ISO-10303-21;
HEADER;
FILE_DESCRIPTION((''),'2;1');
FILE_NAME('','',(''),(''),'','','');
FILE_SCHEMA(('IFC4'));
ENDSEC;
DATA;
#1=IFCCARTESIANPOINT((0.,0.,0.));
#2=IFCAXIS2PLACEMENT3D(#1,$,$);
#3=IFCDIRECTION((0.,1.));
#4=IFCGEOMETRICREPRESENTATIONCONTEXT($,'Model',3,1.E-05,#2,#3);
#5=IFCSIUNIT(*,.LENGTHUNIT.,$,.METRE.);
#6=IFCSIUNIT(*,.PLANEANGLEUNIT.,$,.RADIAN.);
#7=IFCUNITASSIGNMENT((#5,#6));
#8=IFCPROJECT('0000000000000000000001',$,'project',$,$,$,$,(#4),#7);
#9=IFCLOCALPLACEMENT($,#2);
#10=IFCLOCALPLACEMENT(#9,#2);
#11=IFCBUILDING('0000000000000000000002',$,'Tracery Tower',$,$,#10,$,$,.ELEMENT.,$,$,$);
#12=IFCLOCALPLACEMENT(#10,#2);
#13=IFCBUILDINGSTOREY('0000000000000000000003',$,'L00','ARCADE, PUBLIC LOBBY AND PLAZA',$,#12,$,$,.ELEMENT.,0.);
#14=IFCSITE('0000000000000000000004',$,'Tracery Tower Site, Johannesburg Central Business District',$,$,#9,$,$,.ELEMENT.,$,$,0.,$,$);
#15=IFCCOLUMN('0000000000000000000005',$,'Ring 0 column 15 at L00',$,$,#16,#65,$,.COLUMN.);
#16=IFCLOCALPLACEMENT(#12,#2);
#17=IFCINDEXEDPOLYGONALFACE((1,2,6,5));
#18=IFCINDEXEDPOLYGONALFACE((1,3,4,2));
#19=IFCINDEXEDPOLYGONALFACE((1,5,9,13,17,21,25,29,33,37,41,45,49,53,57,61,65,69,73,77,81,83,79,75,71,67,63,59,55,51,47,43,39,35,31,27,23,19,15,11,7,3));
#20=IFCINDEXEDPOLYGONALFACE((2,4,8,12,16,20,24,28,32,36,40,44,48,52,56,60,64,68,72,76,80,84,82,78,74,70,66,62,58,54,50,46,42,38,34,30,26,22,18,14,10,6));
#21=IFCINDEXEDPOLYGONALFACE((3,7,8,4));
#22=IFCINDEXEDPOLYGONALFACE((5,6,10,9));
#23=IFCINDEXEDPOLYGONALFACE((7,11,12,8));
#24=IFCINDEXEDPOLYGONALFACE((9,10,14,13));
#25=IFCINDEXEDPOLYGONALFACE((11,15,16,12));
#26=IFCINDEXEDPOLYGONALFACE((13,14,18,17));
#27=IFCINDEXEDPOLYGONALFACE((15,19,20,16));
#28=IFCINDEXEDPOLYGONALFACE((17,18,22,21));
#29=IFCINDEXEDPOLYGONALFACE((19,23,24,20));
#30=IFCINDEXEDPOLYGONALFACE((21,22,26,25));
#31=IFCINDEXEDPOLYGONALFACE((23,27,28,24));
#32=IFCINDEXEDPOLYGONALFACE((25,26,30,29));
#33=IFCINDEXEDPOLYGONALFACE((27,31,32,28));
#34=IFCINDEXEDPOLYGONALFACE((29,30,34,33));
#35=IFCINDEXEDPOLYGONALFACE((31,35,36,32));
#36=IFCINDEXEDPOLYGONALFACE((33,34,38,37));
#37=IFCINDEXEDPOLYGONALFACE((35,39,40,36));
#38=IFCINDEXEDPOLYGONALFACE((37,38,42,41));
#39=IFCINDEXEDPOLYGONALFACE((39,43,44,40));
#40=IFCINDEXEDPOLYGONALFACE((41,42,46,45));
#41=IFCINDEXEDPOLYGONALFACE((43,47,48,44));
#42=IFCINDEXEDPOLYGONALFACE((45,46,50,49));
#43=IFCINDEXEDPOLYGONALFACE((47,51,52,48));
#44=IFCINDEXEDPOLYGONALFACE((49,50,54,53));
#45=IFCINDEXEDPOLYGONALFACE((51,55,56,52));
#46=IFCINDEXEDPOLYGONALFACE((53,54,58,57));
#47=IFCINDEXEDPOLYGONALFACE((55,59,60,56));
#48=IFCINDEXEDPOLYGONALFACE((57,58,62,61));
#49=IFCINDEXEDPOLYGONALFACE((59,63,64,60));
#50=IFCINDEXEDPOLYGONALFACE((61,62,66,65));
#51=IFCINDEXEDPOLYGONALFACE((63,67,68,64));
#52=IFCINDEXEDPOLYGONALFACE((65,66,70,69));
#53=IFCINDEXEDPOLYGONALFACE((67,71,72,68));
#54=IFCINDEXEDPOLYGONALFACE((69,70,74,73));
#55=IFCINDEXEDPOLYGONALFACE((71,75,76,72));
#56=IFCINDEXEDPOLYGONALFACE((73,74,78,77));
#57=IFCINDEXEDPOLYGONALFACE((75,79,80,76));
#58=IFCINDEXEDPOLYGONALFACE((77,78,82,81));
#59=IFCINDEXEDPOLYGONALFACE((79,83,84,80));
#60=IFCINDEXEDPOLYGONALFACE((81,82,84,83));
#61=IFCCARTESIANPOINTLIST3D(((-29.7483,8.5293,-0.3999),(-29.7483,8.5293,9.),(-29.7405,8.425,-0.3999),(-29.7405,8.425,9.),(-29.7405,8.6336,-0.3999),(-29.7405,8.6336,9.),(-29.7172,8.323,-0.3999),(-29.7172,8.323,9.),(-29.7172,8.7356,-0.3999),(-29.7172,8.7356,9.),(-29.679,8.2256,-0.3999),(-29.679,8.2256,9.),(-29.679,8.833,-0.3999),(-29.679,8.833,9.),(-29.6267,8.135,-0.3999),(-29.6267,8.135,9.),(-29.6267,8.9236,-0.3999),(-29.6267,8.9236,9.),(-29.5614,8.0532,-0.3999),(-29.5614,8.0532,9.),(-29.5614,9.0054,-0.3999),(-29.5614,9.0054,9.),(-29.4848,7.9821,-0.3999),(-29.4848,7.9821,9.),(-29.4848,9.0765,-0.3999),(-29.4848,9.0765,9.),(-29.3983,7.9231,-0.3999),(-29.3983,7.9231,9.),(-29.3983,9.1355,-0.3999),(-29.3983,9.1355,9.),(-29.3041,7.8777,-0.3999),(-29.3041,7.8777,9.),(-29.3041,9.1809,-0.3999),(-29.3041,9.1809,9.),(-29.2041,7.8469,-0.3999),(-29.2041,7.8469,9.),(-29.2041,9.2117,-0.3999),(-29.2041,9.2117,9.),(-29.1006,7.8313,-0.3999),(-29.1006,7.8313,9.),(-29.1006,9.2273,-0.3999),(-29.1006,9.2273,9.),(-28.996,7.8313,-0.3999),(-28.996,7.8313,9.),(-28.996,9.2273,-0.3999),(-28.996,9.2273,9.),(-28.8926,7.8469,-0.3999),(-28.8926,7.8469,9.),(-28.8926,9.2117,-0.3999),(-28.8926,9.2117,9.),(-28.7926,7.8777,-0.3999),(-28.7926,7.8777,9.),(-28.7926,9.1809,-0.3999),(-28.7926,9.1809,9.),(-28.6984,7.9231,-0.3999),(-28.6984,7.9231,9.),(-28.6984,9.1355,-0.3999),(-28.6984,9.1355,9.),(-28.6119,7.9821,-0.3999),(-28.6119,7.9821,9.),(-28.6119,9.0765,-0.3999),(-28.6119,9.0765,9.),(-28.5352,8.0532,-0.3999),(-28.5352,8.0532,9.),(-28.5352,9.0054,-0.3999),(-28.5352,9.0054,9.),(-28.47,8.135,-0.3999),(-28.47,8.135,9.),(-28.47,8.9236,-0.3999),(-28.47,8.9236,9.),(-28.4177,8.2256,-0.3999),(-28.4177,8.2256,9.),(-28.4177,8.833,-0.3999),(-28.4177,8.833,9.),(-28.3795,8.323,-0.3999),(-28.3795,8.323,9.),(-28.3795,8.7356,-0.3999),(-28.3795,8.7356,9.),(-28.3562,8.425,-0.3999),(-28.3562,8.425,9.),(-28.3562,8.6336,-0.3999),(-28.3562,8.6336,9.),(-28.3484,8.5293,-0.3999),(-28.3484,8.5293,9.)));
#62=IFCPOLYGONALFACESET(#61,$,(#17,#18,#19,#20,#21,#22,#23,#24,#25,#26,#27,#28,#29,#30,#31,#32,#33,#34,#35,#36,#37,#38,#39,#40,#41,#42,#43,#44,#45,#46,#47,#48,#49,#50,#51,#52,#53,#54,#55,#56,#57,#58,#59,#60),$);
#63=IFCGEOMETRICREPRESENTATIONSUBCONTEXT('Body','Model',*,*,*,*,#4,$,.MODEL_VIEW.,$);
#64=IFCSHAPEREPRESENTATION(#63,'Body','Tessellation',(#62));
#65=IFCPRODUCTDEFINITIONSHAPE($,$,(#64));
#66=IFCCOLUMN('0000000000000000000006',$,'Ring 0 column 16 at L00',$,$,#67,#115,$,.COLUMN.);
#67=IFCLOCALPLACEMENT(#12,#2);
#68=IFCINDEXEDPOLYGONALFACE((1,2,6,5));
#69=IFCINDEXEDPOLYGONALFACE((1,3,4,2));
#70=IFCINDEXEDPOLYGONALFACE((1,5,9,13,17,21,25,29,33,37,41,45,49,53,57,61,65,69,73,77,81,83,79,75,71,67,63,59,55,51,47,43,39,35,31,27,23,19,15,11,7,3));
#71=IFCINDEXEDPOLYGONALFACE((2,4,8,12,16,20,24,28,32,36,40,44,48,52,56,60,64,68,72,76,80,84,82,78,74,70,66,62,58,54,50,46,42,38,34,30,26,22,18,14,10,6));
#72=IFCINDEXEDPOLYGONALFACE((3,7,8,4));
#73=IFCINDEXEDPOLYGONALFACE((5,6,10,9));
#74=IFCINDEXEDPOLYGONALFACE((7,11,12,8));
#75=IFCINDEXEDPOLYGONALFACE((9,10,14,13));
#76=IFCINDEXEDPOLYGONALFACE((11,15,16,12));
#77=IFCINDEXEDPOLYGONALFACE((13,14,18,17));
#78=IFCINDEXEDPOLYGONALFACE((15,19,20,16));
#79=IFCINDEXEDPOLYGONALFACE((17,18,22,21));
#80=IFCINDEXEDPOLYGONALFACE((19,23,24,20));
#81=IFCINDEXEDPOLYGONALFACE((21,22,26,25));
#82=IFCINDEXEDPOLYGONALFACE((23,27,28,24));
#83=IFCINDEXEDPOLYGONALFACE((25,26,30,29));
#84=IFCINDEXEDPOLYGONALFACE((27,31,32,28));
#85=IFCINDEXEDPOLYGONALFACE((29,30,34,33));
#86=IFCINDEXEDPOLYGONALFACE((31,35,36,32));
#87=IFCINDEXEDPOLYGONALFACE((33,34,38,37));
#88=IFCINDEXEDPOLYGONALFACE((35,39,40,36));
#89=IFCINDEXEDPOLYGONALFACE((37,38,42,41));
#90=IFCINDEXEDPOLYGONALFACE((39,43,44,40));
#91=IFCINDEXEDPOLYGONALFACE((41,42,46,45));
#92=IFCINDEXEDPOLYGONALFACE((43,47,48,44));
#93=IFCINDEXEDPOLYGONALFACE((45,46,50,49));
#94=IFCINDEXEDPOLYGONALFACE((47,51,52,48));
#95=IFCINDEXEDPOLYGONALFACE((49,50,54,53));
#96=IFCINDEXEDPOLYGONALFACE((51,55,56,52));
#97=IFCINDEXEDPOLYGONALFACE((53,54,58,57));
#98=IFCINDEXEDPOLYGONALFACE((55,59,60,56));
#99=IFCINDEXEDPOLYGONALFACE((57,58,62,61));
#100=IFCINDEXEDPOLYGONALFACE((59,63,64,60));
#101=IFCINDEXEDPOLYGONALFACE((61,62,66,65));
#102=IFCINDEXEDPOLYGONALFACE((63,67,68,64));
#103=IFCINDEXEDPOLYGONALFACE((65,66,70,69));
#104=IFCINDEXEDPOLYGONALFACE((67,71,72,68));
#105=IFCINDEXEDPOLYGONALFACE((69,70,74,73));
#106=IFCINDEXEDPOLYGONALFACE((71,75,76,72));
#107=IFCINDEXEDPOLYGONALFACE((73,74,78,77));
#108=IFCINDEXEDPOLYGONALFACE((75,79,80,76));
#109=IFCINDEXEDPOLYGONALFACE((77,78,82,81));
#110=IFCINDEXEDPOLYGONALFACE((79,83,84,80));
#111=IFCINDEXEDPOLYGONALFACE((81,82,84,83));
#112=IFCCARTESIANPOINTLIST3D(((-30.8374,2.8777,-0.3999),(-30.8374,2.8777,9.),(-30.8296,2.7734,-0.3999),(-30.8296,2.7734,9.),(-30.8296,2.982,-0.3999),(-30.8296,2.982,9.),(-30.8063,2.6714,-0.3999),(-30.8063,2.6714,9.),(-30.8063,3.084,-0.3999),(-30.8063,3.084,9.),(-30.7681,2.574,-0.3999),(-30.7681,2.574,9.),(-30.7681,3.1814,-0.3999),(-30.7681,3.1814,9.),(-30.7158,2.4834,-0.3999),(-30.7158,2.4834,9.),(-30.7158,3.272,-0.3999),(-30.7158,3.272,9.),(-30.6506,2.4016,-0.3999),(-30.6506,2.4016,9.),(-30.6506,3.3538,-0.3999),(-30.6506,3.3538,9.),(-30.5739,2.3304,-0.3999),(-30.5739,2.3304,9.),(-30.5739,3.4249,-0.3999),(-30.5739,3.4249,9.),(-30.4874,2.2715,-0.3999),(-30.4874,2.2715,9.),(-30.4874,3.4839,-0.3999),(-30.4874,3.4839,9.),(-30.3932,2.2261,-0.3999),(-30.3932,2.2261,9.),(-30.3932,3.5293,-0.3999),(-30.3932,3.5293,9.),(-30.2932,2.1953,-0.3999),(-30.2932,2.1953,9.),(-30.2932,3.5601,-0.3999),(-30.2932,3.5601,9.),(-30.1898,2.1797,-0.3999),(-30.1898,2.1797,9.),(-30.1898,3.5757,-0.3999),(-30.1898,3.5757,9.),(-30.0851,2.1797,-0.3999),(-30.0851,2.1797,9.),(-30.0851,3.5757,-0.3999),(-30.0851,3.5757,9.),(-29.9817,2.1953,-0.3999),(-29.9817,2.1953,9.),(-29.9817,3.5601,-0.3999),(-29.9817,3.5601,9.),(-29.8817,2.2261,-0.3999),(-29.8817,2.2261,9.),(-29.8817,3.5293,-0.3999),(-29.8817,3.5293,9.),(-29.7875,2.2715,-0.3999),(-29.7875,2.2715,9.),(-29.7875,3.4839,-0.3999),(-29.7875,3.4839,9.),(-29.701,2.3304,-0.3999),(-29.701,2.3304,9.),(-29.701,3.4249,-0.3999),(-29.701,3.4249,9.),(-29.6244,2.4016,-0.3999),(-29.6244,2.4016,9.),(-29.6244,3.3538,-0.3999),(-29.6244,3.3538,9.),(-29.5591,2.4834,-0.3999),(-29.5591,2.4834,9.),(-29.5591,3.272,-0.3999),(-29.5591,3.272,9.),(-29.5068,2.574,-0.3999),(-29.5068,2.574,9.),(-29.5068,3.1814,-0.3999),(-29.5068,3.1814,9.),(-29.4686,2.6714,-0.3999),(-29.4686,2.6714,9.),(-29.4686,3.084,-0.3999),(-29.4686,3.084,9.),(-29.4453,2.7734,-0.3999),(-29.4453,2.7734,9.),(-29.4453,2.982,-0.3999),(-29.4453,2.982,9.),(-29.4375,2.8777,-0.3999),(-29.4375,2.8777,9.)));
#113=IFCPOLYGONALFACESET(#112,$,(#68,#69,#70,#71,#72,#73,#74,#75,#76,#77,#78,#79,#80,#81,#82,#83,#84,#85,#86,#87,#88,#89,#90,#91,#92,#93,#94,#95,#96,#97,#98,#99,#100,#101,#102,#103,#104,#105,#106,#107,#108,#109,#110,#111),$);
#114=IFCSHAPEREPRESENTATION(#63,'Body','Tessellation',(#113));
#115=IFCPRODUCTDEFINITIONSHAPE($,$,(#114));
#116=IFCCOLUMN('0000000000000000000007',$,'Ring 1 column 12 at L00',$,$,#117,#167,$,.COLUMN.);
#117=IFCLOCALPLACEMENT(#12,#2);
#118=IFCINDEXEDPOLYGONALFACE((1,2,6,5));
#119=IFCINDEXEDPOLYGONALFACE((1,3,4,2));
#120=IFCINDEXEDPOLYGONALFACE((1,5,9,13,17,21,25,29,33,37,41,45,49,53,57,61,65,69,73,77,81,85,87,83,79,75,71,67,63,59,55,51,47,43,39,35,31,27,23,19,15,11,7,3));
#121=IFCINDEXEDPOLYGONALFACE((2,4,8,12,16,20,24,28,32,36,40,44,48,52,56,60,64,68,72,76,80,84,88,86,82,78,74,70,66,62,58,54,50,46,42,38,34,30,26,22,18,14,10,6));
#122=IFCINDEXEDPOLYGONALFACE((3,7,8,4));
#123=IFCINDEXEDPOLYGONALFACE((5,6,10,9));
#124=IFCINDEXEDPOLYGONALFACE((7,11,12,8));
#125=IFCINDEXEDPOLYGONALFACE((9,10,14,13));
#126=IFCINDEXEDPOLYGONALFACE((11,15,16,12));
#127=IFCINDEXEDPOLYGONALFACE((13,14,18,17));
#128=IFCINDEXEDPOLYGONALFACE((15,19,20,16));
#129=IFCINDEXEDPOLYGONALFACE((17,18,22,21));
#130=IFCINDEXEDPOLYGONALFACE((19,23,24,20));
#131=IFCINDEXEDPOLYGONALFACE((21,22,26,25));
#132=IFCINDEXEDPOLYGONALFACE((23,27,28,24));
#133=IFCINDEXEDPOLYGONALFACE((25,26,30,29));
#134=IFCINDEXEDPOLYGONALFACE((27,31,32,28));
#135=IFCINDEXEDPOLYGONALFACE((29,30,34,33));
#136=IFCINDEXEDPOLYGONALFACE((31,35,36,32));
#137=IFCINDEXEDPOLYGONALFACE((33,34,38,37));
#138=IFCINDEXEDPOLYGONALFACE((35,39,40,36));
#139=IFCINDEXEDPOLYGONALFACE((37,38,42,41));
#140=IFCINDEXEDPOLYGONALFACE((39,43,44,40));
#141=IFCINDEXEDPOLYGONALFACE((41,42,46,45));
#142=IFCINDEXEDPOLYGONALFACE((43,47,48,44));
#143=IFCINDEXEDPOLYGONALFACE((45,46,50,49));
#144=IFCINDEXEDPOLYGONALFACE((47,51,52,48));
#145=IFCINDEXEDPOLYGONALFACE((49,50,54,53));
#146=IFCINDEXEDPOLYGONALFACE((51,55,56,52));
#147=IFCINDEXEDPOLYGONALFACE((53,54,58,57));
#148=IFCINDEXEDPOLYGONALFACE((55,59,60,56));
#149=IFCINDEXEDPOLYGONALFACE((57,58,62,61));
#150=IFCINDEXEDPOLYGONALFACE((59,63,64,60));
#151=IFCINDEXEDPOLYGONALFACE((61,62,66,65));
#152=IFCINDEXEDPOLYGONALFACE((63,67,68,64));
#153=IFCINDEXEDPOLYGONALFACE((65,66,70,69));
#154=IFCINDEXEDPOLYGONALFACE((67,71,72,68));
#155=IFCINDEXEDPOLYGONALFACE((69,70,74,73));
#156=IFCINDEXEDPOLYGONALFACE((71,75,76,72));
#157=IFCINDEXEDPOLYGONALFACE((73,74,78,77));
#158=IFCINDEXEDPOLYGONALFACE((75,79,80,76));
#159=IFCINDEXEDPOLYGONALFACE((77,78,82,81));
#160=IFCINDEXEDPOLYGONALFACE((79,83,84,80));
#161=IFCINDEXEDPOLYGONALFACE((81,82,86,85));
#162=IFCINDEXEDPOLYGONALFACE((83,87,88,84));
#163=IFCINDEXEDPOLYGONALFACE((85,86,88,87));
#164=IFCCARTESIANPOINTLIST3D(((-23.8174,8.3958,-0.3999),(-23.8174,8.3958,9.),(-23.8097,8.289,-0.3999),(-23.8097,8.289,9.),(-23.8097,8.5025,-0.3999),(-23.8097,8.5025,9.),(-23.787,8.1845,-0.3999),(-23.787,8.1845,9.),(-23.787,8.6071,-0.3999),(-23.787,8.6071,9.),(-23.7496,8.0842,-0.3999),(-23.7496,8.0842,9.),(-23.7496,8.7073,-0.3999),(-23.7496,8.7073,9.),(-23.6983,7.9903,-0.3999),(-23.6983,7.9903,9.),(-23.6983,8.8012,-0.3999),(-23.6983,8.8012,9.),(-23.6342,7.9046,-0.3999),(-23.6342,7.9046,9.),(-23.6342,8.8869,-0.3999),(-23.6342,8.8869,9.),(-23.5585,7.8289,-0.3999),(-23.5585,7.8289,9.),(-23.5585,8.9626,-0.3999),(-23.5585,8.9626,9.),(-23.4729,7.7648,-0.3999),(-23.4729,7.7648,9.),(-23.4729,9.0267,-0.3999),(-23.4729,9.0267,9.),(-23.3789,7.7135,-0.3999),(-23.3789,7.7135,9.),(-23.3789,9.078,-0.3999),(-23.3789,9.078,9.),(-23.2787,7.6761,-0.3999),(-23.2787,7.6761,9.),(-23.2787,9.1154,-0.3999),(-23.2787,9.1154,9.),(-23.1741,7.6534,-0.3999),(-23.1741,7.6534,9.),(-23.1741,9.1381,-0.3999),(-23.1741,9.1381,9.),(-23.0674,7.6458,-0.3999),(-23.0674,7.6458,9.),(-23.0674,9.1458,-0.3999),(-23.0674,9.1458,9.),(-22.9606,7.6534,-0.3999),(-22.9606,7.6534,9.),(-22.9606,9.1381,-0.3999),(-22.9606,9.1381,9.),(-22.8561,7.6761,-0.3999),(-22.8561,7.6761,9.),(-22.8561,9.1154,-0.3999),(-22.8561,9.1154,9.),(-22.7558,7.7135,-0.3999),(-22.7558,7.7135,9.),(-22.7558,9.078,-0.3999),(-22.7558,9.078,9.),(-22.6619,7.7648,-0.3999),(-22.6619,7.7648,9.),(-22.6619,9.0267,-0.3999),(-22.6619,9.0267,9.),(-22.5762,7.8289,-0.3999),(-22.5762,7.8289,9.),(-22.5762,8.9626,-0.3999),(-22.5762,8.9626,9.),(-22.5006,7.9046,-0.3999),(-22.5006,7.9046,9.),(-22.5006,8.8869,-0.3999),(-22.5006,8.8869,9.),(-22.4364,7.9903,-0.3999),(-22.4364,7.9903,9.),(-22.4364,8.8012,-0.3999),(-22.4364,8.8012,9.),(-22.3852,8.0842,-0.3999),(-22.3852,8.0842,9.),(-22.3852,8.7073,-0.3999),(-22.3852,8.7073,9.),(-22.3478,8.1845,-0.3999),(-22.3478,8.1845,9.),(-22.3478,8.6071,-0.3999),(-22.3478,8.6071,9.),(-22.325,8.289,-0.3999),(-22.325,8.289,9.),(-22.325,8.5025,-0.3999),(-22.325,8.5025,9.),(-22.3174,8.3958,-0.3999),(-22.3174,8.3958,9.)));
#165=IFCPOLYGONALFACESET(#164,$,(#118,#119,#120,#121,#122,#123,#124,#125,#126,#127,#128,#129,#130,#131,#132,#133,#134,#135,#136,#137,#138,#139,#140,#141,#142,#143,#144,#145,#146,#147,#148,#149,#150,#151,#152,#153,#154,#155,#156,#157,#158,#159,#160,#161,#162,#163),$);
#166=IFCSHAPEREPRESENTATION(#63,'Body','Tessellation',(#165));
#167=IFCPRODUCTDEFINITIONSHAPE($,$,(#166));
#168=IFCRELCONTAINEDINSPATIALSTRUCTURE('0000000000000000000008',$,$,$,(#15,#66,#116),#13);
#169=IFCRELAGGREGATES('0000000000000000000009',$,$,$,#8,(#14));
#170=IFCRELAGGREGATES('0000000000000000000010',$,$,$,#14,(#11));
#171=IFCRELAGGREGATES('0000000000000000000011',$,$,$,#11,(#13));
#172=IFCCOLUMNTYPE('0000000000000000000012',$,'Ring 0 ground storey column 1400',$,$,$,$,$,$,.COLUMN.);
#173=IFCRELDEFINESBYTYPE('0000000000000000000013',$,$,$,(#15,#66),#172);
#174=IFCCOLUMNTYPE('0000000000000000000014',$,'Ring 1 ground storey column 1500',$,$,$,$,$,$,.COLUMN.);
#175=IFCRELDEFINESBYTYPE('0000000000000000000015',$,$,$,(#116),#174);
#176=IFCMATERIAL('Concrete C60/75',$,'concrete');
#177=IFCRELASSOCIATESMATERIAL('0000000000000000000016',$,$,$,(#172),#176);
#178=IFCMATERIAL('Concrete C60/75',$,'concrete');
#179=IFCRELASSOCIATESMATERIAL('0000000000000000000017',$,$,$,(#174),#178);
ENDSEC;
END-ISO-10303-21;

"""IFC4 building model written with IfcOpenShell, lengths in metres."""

from ifc_helpers import new_model, si_unit, direction, frame, origin, origin_2d, place, context, subcontext, project, spatial, circle, extrude, material, material_profile, profile_set, type_object, element, save


model = new_model("IFC4")

# Units and contexts
model_context = context("Model", 3, precision=1e-05, world=origin(), true_north=direction((0.0, 1.0)))
body_context = subcontext(model_context, "Body", "Model", "MODEL_VIEW")
ifc_project = project(units=[si_unit("LENGTHUNIT", "METRE"), si_unit("PLANEANGLEUNIT", "RADIAN")], contexts=[model_context])

# Site, building, storey
site_placement = place(None, origin())
site = spatial("IfcSite", under=ifc_project, at=site_placement, Name="Tracery Tower Site, Johannesburg Central Business District", CompositionType="ELEMENT", RefElevation=0.0)
building_placement = place(site_placement, origin())
building = spatial("IfcBuilding", under=site, at=building_placement, Name="Tracery Tower", CompositionType="ELEMENT")
storey_placement = place(building_placement, origin())
storey = spatial("IfcBuildingStorey", under=building, at=storey_placement, Name="L00", Description="ARCADE, PUBLIC LOBBY AND PLAZA", CompositionType="ELEMENT", Elevation=0.0)

# Columns
ifc_material_1 = material(Name="Concrete C60/75", Category="concrete")
ifc_material_profile_1 = material_profile(ifc_material_1, circle(Radius=0.7, at=origin_2d()), Name="RC D1400")
ifc_profile_set_1 = profile_set([ifc_material_profile_1], Name="Concrete C60/75")
column_type_1 = type_object("IfcColumnType", Name="Ring 0 ground storey column 1400", PredefinedType="COLUMN", material=ifc_profile_set_1)
for number, where, z_axis, x_axis, name in (
    (1, (-29.0483, 8.5293, -0.3999), (0.0, 0.0, 1.0), (1.0, 0.0, 0.0), "Ring 0 column 15 at L00"),
    (2, (-30.1375, 2.8777, -0.3999), (0.0, 0.0, 1.0), (1.0, 0.0, 0.0), "Ring 0 column 16 at L00"),
):
    element("IfcColumn", number, at=place(storey_placement, frame(where, z_axis=z_axis, x_axis=x_axis)), inside=storey, type_object=column_type_1, Name=name, PredefinedType="COLUMN", context=body_context, shape_type="SweptSolid", body=[
        extrude(circle(Radius=0.7, at=origin_2d()), origin(), (0.0, 0.0, 1.0), 9.3999),
    ])
ifc_material_2 = material(Name="Concrete C60/75", Category="concrete")
ifc_material_profile_2 = material_profile(ifc_material_2, circle(Radius=0.75, at=origin_2d()), Name="RC D1500")
ifc_profile_set_2 = profile_set([ifc_material_profile_2], Name="Concrete C60/75")
column_type_2 = type_object("IfcColumnType", Name="Ring 1 ground storey column 1500", PredefinedType="COLUMN", material=ifc_profile_set_2)
for number, where, z_axis, x_axis, name in (
    (3, (-23.0674, 8.3958, -0.3999), (0.0, 0.0, 1.0), (1.0, 0.0, 0.0), "Ring 1 column 12 at L00"),
):
    element("IfcColumn", number, at=place(storey_placement, frame(where, z_axis=z_axis, x_axis=x_axis)), inside=storey, type_object=column_type_2, Name=name, PredefinedType="COLUMN", context=body_context, shape_type="SweptSolid", body=[
        extrude(circle(Radius=0.75, at=origin_2d()), origin(), (0.0, 0.0, 1.0), 9.3999),
    ])

save(model, "model.ifc")
